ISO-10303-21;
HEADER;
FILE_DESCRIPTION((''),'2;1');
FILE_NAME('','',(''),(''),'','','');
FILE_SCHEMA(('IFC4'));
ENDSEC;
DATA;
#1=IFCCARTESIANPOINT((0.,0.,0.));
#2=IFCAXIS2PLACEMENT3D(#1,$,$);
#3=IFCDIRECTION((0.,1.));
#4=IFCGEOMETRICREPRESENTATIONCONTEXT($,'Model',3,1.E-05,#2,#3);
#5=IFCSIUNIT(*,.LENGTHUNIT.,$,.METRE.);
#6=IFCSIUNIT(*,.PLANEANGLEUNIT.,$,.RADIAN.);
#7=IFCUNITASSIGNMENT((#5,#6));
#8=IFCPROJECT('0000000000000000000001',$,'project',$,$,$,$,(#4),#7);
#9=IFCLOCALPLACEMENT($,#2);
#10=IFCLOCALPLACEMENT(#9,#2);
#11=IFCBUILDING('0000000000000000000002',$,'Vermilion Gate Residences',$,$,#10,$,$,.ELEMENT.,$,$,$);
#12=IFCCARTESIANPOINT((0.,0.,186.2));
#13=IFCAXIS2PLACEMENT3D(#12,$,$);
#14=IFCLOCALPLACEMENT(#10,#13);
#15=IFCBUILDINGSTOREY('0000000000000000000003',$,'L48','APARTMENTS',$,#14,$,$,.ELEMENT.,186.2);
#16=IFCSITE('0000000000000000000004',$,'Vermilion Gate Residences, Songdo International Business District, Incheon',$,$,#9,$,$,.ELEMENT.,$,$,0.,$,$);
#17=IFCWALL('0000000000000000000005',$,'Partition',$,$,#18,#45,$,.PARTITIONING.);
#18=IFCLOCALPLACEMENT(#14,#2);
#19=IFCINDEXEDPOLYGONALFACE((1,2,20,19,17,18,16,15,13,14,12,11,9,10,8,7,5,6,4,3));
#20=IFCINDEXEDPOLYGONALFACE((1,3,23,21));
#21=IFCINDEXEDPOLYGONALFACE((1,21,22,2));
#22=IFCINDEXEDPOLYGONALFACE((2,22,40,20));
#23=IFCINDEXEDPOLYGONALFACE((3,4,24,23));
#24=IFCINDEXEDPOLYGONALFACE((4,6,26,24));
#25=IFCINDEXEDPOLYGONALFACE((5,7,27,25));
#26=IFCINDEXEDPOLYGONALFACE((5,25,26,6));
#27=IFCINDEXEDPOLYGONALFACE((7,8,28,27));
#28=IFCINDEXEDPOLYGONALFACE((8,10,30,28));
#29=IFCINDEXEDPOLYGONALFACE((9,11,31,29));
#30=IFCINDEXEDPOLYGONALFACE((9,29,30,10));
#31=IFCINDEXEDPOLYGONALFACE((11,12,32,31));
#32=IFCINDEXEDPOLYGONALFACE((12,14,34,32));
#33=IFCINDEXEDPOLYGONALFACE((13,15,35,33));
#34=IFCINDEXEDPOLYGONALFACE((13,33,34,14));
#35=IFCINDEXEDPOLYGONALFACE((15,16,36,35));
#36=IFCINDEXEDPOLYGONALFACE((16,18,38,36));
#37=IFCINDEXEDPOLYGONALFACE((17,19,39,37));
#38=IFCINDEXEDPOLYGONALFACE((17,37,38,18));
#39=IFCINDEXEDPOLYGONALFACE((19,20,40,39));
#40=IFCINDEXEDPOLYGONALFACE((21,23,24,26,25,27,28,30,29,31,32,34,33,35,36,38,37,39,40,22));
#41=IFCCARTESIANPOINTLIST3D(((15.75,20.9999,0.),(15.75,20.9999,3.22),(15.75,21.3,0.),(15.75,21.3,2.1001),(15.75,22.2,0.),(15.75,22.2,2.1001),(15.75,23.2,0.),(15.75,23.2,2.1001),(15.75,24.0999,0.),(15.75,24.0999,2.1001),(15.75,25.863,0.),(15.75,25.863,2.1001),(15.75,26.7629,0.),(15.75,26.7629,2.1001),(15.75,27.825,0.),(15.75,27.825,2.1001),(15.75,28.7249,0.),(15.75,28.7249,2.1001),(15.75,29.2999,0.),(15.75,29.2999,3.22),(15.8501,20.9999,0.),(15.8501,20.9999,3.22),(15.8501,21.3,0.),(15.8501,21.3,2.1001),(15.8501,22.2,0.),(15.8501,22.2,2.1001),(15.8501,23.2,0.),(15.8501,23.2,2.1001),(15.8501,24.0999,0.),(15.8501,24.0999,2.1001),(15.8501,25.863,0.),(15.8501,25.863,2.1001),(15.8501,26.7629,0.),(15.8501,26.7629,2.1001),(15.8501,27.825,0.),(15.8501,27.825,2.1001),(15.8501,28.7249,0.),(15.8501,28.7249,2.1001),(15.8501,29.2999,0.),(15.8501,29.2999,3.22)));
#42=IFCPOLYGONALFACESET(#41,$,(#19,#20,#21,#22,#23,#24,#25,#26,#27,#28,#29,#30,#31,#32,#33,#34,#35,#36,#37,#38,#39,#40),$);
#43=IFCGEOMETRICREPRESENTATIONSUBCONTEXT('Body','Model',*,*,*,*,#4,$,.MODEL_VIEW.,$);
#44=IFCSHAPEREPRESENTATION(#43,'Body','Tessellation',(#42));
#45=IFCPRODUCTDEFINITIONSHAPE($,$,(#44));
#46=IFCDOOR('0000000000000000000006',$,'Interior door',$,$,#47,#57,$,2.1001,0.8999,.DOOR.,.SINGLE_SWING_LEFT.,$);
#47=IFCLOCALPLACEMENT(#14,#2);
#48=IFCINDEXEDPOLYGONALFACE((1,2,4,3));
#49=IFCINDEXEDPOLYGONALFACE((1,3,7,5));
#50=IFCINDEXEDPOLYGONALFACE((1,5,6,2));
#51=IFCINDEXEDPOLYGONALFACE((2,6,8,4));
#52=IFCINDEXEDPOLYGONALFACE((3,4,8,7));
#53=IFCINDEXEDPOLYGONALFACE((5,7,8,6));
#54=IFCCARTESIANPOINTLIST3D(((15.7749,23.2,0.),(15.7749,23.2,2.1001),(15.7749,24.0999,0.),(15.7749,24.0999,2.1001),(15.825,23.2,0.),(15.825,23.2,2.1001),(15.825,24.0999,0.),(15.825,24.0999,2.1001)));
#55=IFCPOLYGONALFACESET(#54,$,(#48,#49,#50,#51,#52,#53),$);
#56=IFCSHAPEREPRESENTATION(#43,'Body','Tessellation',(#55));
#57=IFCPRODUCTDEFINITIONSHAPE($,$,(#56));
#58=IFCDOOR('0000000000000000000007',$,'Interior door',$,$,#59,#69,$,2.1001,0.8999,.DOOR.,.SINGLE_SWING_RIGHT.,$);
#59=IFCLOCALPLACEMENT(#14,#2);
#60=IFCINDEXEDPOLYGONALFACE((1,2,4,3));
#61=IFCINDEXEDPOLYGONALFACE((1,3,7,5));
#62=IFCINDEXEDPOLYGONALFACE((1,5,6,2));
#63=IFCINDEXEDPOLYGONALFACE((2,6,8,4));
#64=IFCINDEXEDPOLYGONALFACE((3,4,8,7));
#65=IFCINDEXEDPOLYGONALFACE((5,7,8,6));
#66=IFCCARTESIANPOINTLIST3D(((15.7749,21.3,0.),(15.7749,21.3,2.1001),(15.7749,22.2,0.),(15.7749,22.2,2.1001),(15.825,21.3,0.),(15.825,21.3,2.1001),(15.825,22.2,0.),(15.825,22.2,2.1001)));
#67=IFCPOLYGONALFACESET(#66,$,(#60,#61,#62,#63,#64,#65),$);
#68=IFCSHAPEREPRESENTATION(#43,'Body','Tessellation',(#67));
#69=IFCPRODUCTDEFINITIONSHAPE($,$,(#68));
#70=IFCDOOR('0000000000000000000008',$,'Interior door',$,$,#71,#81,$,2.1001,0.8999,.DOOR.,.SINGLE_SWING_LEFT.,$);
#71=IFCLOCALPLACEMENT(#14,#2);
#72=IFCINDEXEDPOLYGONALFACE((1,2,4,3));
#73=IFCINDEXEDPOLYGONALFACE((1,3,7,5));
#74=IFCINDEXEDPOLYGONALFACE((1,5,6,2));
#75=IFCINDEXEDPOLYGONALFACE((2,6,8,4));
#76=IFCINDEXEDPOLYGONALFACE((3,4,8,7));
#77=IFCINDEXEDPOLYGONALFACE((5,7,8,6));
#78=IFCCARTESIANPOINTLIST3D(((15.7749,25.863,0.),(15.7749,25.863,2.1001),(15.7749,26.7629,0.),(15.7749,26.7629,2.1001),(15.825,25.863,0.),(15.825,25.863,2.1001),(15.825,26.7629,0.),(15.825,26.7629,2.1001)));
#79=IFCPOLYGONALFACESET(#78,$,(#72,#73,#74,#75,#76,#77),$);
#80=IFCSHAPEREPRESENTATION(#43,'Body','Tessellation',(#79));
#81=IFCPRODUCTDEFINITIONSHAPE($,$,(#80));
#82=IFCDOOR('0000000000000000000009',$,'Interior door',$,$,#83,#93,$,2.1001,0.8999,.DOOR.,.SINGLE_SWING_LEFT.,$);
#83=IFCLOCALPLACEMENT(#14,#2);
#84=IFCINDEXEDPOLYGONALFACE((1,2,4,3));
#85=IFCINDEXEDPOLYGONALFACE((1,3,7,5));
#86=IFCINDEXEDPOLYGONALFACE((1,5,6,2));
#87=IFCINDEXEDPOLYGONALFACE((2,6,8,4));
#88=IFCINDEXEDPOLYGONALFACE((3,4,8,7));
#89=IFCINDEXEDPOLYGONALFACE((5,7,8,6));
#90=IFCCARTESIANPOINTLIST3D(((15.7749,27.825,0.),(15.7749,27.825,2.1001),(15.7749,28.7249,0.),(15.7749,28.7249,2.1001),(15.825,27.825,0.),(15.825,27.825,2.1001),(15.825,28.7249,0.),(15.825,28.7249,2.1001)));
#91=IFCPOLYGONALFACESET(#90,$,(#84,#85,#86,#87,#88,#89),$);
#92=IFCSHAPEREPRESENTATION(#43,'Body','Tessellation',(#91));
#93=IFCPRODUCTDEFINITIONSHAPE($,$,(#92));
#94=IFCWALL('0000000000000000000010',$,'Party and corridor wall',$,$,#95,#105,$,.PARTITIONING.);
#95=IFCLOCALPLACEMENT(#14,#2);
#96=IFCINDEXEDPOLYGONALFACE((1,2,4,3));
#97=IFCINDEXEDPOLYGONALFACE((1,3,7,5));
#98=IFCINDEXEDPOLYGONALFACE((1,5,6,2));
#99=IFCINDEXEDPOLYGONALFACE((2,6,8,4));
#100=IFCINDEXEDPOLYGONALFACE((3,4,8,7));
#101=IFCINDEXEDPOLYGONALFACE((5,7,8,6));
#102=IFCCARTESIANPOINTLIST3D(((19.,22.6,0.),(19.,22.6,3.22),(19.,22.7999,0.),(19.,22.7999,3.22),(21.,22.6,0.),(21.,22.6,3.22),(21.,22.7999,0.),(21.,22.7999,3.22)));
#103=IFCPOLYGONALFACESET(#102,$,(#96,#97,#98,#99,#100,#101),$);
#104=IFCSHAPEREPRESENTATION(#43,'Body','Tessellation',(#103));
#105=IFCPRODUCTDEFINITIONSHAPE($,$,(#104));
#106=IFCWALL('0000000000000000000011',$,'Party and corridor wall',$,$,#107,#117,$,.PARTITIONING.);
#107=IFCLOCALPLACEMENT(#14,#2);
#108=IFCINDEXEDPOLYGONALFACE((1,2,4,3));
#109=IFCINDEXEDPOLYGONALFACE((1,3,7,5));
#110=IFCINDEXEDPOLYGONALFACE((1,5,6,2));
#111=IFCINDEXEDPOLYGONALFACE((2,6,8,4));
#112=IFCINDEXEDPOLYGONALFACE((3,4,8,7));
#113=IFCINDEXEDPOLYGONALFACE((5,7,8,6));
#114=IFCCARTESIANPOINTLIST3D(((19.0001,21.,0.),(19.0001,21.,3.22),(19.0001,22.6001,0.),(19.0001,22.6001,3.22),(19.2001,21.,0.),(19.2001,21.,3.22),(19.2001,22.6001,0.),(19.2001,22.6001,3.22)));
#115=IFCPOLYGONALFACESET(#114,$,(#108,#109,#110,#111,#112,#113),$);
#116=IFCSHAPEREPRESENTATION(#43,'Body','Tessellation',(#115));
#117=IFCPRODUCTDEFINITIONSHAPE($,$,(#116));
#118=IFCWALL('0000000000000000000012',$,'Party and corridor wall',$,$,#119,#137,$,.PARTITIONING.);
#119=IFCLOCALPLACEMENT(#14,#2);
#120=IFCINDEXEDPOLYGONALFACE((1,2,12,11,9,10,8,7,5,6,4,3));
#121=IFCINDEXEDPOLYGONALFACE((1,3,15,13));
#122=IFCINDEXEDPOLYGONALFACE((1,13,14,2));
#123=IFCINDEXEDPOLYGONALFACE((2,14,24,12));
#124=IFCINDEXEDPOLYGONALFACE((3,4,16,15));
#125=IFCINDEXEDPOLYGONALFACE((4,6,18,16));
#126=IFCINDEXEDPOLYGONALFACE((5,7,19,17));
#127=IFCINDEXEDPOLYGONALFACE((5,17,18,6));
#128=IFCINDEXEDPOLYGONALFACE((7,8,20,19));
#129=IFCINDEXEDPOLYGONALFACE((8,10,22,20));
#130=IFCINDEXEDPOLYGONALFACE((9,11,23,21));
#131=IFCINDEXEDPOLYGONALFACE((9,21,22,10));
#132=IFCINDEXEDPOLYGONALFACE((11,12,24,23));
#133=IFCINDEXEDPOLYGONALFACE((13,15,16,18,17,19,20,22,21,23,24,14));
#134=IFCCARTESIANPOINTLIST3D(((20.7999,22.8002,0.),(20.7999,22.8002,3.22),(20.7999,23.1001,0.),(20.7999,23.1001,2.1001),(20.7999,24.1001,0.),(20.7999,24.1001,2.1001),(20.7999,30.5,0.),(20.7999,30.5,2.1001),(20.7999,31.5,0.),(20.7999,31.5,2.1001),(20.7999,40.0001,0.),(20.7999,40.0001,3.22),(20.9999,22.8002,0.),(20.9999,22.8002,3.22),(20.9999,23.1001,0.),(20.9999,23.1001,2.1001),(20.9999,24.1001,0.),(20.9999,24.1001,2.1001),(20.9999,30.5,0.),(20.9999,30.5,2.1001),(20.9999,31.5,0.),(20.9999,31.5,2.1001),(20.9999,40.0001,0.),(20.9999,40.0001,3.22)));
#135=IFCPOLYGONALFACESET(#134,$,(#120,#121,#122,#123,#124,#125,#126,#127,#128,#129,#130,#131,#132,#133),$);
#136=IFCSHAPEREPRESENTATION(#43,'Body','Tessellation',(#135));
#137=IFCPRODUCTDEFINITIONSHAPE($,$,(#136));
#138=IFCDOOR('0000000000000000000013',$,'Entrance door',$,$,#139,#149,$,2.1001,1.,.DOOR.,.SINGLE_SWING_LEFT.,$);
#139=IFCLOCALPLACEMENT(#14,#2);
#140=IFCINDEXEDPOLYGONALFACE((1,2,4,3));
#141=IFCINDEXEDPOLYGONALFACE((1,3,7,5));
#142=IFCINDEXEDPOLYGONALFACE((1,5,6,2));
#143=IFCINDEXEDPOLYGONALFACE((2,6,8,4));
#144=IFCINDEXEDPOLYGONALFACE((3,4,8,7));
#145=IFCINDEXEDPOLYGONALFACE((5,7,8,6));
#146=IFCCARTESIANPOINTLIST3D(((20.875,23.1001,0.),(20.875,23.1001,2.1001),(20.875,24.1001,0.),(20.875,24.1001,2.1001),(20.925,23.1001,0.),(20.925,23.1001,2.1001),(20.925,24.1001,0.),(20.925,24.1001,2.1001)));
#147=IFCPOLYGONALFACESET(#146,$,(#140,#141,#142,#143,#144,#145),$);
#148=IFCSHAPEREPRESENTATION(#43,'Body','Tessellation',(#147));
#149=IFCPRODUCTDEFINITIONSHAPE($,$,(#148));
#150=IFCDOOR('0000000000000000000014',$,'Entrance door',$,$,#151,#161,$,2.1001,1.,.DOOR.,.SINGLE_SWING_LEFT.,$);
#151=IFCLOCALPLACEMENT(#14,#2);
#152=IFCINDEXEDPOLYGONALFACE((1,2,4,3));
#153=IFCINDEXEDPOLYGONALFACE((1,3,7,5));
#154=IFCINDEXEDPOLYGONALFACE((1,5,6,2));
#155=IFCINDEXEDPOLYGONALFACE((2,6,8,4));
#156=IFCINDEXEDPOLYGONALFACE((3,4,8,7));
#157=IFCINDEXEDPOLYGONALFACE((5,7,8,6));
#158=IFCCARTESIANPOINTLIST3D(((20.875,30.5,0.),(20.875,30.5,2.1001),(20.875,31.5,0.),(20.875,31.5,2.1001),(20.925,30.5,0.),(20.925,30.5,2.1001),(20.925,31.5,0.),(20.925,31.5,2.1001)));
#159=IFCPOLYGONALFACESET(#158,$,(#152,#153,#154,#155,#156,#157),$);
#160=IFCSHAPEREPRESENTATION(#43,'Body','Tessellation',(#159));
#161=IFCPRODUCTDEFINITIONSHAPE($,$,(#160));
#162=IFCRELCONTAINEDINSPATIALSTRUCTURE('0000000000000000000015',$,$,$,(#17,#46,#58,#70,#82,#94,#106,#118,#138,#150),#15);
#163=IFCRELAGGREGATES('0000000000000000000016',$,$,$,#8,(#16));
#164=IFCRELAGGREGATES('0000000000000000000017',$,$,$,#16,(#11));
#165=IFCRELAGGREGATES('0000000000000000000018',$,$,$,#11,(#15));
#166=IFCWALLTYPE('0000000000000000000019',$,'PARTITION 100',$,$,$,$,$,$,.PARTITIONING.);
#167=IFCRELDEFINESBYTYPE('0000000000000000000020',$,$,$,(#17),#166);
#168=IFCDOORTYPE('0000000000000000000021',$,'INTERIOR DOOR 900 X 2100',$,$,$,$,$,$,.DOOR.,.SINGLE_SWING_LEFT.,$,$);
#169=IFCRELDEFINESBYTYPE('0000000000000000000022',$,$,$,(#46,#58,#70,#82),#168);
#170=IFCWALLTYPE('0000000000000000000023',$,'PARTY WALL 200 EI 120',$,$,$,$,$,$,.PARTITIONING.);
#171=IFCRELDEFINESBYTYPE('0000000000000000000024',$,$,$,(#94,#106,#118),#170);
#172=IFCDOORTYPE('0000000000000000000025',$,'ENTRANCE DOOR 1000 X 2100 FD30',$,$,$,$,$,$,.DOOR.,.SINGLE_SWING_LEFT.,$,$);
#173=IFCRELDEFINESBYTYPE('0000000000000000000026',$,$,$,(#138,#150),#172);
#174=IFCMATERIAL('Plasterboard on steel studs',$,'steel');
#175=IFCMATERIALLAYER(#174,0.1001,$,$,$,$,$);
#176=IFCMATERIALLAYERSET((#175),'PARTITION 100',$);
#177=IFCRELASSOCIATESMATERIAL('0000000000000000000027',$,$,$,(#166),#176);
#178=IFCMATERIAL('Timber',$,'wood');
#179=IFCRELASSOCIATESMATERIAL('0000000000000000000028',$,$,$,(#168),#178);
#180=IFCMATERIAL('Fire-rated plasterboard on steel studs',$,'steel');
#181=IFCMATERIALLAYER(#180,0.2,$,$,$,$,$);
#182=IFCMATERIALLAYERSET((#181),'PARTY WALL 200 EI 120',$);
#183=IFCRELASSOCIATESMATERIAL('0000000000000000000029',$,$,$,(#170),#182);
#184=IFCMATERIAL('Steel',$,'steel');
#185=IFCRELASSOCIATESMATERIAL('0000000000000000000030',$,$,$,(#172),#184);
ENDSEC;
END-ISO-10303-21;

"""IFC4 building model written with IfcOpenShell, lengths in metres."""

from ifc_helpers import new_model, si_unit, direction, frame, frame_2d, origin, place, context, subcontext, project, spatial, rectangle, extrude, material, layer, layer_set, type_object, element, fill, save


model = new_model("IFC4")

# Units and contexts
model_context = context("Model", 3, precision=1e-05, world=origin(), true_north=direction((0.0, 1.0)))
body_context = subcontext(model_context, "Body", "Model", "MODEL_VIEW")
ifc_project = project(units=[si_unit("LENGTHUNIT", "METRE"), si_unit("PLANEANGLEUNIT", "RADIAN")], contexts=[model_context])

# Site, building, storey
site_placement = place(None, origin())
site = spatial("IfcSite", under=ifc_project, at=site_placement, Name="Vermilion Gate Residences, Songdo International Business District, Incheon", CompositionType="ELEMENT", RefElevation=0.0)
building_placement = place(site_placement, origin())
building = spatial("IfcBuilding", under=site, at=building_placement, Name="Vermilion Gate Residences", CompositionType="ELEMENT")
storey_placement = place(building_placement, frame((0.0, 0.0, 186.2)))
storey = spatial("IfcBuildingStorey", under=building, at=storey_placement, Name="L48", Description="APARTMENTS", CompositionType="ELEMENT", Elevation=186.2)

# Shared definitions
ifc_material_1 = material(Name="Plasterboard on steel studs", Category="steel")
ifc_layer_1 = layer(ifc_material_1, 0.1001)
ifc_layer_set_1 = layer_set([ifc_layer_1], Name="PARTITION 100")
wall_type_1 = type_object("IfcWallType", Name="PARTITION 100", PredefinedType="PARTITIONING", material=ifc_layer_set_1)

# Wall, openings, doors
wall_1_placement = place(storey_placement, frame((15.8, 21.0, 0.0), z_axis=(0.0, 0.0, 1.0), x_axis=(0.0, 1.0, 0.0)))
wall_1 = element("IfcWall", 1, at=wall_1_placement, inside=storey, type_object=wall_type_1, Name="Partition", PredefinedType="PARTITIONING", context=body_context, shape_type="SweptSolid", body=[
    extrude(rectangle(XDim=8.3, YDim=0.1001, at=frame_2d((4.1499, 0.0))), origin(), (0.0, 0.0, 1.0), 3.22),
])
opening_1_placement = place(wall_1_placement, frame((2.2, 0.0, 0.0)))
opening_1 = element("IfcOpeningElement", 2, at=opening_1_placement, cuts=wall_1, PredefinedType="OPENING", context=body_context, shape_type="SweptSolid", body=[
    extrude(rectangle(XDim=0.8999, YDim=2.1001, at=frame_2d((0.45, 1.05))), frame((0.0, 0.0601, 0.0), z_axis=(0.0, -1.0, 0.0), x_axis=(1.0, 0.0, 0.0)), (0.0, 0.0, 1.0), 0.1201),
])
opening_2_placement = place(wall_1_placement, frame((0.3, 0.0, 0.0)))
opening_2 = element("IfcOpeningElement", 3, at=opening_2_placement, cuts=wall_1, PredefinedType="OPENING", context=body_context, shape_type="SweptSolid", body=[
    extrude(rectangle(XDim=0.8999, YDim=2.1001, at=frame_2d((0.45, 1.05))), frame((0.0, 0.0601, 0.0), z_axis=(0.0, -1.0, 0.0), x_axis=(1.0, 0.0, 0.0)), (0.0, 0.0, 1.0), 0.1201),
])
opening_3_placement = place(wall_1_placement, frame((4.863, 0.0, 0.0)))
opening_3 = element("IfcOpeningElement", 4, at=opening_3_placement, cuts=wall_1, PredefinedType="OPENING", context=body_context, shape_type="SweptSolid", body=[
    extrude(rectangle(XDim=0.8999, YDim=2.1001, at=frame_2d((0.45, 1.05))), frame((0.0, 0.0601, 0.0), z_axis=(0.0, -1.0, 0.0), x_axis=(1.0, 0.0, 0.0)), (0.0, 0.0, 1.0), 0.1201),
])
opening_4_placement = place(wall_1_placement, frame((6.825, 0.0, 0.0)))
opening_4 = element("IfcOpeningElement", 5, at=opening_4_placement, cuts=wall_1, PredefinedType="OPENING", context=body_context, shape_type="SweptSolid", body=[
    extrude(rectangle(XDim=0.8999, YDim=2.1001, at=frame_2d((0.45, 1.05))), frame((0.0, 0.0601, 0.0), z_axis=(0.0, -1.0, 0.0), x_axis=(1.0, 0.0, 0.0)), (0.0, 0.0, 1.0), 0.1201),
])
ifc_material_2 = material(Name="Timber", Category="wood")
door_type_1 = type_object("IfcDoorType", Name="INTERIOR DOOR 900 X 2100", OperationType="SINGLE_SWING_LEFT", PredefinedType="DOOR", material=ifc_material_2)
door_1_placement = place(opening_1_placement, frame((0.8999, 0.0, 0.0), z_axis=(0.0, 0.0, 1.0), x_axis=(-1.0, 0.0, 0.0)))
door_1 = element("IfcDoor", 6, at=door_1_placement, inside=storey, type_object=door_type_1, Name="Interior door", OperationType="SINGLE_SWING_LEFT", OverallHeight=2.1001, OverallWidth=0.8999, PredefinedType="DOOR", context=body_context, shape_type="SweptSolid", body=[
    extrude(rectangle(XDim=0.8999, YDim=2.1001, at=frame_2d((0.45, 1.05))), frame((0.0, 0.0249, 0.0), z_axis=(0.0, -1.0, 0.0), x_axis=(1.0, 0.0, 0.0)), (0.0, 0.0, 1.0), 0.05),
])
fill(opening_1, door_1)
door_2_placement = place(opening_2_placement, frame((0.8999, 0.0, 0.0), z_axis=(0.0, 0.0, 1.0), x_axis=(-1.0, 0.0, 0.0)))
door_2 = element("IfcDoor", 7, at=door_2_placement, inside=storey, type_object=door_type_1, Name="Interior door", OperationType="SINGLE_SWING_RIGHT", OverallHeight=2.1001, OverallWidth=0.8999, PredefinedType="DOOR", context=body_context, shape_type="SweptSolid", body=[
    extrude(rectangle(XDim=0.8999, YDim=2.1001, at=frame_2d((0.45, 1.05))), frame((0.0, 0.0249, 0.0), z_axis=(0.0, -1.0, 0.0), x_axis=(1.0, 0.0, 0.0)), (0.0, 0.0, 1.0), 0.05),
])
fill(opening_2, door_2)
door_3_placement = place(opening_3_placement, frame((0.8999, 0.0, 0.0), z_axis=(0.0, 0.0, 1.0), x_axis=(-1.0, 0.0, 0.0)))
door_3 = element("IfcDoor", 8, at=door_3_placement, inside=storey, type_object=door_type_1, Name="Interior door", OperationType="SINGLE_SWING_LEFT", OverallHeight=2.1001, OverallWidth=0.8999, PredefinedType="DOOR", context=body_context, shape_type="SweptSolid", body=[
    extrude(rectangle(XDim=0.8999, YDim=2.1001, at=frame_2d((0.45, 1.05))), frame((0.0, 0.0249, 0.0), z_axis=(0.0, -1.0, 0.0), x_axis=(1.0, 0.0, 0.0)), (0.0, 0.0, 1.0), 0.05),
])
fill(opening_3, door_3)
door_4_placement = place(opening_4_placement, frame((0.8999, 0.0, 0.0), z_axis=(0.0, 0.0, 1.0), x_axis=(-1.0, 0.0, 0.0)))
door_4 = element("IfcDoor", 9, at=door_4_placement, inside=storey, type_object=door_type_1, Name="Interior door", OperationType="SINGLE_SWING_LEFT", OverallHeight=2.1001, OverallWidth=0.8999, PredefinedType="DOOR", context=body_context, shape_type="SweptSolid", body=[
    extrude(rectangle(XDim=0.8999, YDim=2.1001, at=frame_2d((0.45, 1.05))), frame((0.0, 0.0249, 0.0), z_axis=(0.0, -1.0, 0.0), x_axis=(1.0, 0.0, 0.0)), (0.0, 0.0, 1.0), 0.05),
])
fill(opening_4, door_4)

# Walls
ifc_material_3 = material(Name="Fire-rated plasterboard on steel studs", Category="steel")
ifc_layer_2 = layer(ifc_material_3, 0.2)
ifc_layer_set_2 = layer_set([ifc_layer_2], Name="PARTY WALL 200 EI 120")
wall_type_2 = type_object("IfcWallType", Name="PARTY WALL 200 EI 120", PredefinedType="PARTITIONING", material=ifc_layer_set_2)
wall_2_placement = place(storey_placement, frame((19.0, 22.7, 0.0), z_axis=(0.0, 0.0, 1.0), x_axis=(1.0, 0.0, 0.0)))
element("IfcWall", 10, at=wall_2_placement, inside=storey, type_object=wall_type_2, Name="Party and corridor wall", PredefinedType="PARTITIONING", context=body_context, shape_type="SweptSolid", body=[
    extrude(rectangle(XDim=2.0, YDim=0.2, at=frame_2d((1.0, 0.0))), origin(), (0.0, 0.0, 1.0), 3.22),
])
wall_3_placement = place(storey_placement, frame((19.1001, 21.0, 0.0), z_axis=(0.0, 0.0, 1.0), x_axis=(0.0, 1.0, 0.0)))
element("IfcWall", 11, at=wall_3_placement, inside=storey, type_object=wall_type_2, Name="Party and corridor wall", PredefinedType="PARTITIONING", context=body_context, shape_type="SweptSolid", body=[
    extrude(rectangle(XDim=1.6001, YDim=0.2, at=frame_2d((0.8, 0.0))), origin(), (0.0, 0.0, 1.0), 3.22),
])

# Wall, openings, doors
wall_4_placement = place(storey_placement, frame((20.8999, 22.8, 0.0), z_axis=(0.0, 0.0, 1.0), x_axis=(0.0, 1.0, 0.0)))
wall_4 = element("IfcWall", 12, at=wall_4_placement, inside=storey, type_object=wall_type_2, Name="Party and corridor wall", PredefinedType="PARTITIONING", context=body_context, shape_type="SweptSolid", body=[
    extrude(rectangle(XDim=17.2, YDim=0.2, at=frame_2d((8.6001, 0.0))), origin(), (0.0, 0.0, 1.0), 3.22),
])
opening_5_placement = place(wall_4_placement, frame((0.3, 0.0, 0.0)))
opening_5 = element("IfcOpeningElement", 13, at=opening_5_placement, cuts=wall_4, PredefinedType="OPENING", context=body_context, shape_type="SweptSolid", body=[
    extrude(rectangle(XDim=1.0, YDim=2.1001, at=frame_2d((0.5, 1.05))), frame((0.0, 0.1099, 0.0), z_axis=(0.0, -1.0, 0.0), x_axis=(1.0, 0.0, 0.0)), (0.0, 0.0, 1.0), 0.22),
])
opening_6_placement = place(wall_4_placement, frame((7.7, 0.0, 0.0)))
opening_6 = element("IfcOpeningElement", 14, at=opening_6_placement, cuts=wall_4, PredefinedType="OPENING", context=body_context, shape_type="SweptSolid", body=[
    extrude(rectangle(XDim=1.0, YDim=2.1001, at=frame_2d((0.5, 1.05))), frame((0.0, 0.1099, 0.0), z_axis=(0.0, -1.0, 0.0), x_axis=(1.0, 0.0, 0.0)), (0.0, 0.0, 1.0), 0.22),
])
ifc_material_4 = material(Name="Steel", Category="steel")
door_type_2 = type_object("IfcDoorType", Name="ENTRANCE DOOR 1000 X 2100 FD30", OperationType="SINGLE_SWING_LEFT", PredefinedType="DOOR", material=ifc_material_4)
door_5_placement = place(opening_5_placement, origin())
door_5 = element("IfcDoor", 15, at=door_5_placement, inside=storey, type_object=door_type_2, Name="Entrance door", OperationType="SINGLE_SWING_LEFT", OverallHeight=2.1001, OverallWidth=1.0, PredefinedType="DOOR", context=body_context, shape_type="SweptSolid", body=[
    extrude(rectangle(XDim=1.0, YDim=2.1001, at=frame_2d((0.5, 1.05))), frame((0.0, 0.0249, 0.0), z_axis=(0.0, -1.0, 0.0), x_axis=(1.0, 0.0, 0.0)), (0.0, 0.0, 1.0), 0.05),
])
fill(opening_5, door_5)
door_6_placement = place(opening_6_placement, origin())
door_6 = element("IfcDoor", 16, at=door_6_placement, inside=storey, type_object=door_type_2, Name="Entrance door", OperationType="SINGLE_SWING_LEFT", OverallHeight=2.1001, OverallWidth=1.0, PredefinedType="DOOR", context=body_context, shape_type="SweptSolid", body=[
    extrude(rectangle(XDim=1.0, YDim=2.1001, at=frame_2d((0.5, 1.05))), frame((0.0, 0.0249, 0.0), z_axis=(0.0, -1.0, 0.0), x_axis=(1.0, 0.0, 0.0)), (0.0, 0.0, 1.0), 0.05),
])
fill(opening_6, door_6)

save(model, "model.ifc")
